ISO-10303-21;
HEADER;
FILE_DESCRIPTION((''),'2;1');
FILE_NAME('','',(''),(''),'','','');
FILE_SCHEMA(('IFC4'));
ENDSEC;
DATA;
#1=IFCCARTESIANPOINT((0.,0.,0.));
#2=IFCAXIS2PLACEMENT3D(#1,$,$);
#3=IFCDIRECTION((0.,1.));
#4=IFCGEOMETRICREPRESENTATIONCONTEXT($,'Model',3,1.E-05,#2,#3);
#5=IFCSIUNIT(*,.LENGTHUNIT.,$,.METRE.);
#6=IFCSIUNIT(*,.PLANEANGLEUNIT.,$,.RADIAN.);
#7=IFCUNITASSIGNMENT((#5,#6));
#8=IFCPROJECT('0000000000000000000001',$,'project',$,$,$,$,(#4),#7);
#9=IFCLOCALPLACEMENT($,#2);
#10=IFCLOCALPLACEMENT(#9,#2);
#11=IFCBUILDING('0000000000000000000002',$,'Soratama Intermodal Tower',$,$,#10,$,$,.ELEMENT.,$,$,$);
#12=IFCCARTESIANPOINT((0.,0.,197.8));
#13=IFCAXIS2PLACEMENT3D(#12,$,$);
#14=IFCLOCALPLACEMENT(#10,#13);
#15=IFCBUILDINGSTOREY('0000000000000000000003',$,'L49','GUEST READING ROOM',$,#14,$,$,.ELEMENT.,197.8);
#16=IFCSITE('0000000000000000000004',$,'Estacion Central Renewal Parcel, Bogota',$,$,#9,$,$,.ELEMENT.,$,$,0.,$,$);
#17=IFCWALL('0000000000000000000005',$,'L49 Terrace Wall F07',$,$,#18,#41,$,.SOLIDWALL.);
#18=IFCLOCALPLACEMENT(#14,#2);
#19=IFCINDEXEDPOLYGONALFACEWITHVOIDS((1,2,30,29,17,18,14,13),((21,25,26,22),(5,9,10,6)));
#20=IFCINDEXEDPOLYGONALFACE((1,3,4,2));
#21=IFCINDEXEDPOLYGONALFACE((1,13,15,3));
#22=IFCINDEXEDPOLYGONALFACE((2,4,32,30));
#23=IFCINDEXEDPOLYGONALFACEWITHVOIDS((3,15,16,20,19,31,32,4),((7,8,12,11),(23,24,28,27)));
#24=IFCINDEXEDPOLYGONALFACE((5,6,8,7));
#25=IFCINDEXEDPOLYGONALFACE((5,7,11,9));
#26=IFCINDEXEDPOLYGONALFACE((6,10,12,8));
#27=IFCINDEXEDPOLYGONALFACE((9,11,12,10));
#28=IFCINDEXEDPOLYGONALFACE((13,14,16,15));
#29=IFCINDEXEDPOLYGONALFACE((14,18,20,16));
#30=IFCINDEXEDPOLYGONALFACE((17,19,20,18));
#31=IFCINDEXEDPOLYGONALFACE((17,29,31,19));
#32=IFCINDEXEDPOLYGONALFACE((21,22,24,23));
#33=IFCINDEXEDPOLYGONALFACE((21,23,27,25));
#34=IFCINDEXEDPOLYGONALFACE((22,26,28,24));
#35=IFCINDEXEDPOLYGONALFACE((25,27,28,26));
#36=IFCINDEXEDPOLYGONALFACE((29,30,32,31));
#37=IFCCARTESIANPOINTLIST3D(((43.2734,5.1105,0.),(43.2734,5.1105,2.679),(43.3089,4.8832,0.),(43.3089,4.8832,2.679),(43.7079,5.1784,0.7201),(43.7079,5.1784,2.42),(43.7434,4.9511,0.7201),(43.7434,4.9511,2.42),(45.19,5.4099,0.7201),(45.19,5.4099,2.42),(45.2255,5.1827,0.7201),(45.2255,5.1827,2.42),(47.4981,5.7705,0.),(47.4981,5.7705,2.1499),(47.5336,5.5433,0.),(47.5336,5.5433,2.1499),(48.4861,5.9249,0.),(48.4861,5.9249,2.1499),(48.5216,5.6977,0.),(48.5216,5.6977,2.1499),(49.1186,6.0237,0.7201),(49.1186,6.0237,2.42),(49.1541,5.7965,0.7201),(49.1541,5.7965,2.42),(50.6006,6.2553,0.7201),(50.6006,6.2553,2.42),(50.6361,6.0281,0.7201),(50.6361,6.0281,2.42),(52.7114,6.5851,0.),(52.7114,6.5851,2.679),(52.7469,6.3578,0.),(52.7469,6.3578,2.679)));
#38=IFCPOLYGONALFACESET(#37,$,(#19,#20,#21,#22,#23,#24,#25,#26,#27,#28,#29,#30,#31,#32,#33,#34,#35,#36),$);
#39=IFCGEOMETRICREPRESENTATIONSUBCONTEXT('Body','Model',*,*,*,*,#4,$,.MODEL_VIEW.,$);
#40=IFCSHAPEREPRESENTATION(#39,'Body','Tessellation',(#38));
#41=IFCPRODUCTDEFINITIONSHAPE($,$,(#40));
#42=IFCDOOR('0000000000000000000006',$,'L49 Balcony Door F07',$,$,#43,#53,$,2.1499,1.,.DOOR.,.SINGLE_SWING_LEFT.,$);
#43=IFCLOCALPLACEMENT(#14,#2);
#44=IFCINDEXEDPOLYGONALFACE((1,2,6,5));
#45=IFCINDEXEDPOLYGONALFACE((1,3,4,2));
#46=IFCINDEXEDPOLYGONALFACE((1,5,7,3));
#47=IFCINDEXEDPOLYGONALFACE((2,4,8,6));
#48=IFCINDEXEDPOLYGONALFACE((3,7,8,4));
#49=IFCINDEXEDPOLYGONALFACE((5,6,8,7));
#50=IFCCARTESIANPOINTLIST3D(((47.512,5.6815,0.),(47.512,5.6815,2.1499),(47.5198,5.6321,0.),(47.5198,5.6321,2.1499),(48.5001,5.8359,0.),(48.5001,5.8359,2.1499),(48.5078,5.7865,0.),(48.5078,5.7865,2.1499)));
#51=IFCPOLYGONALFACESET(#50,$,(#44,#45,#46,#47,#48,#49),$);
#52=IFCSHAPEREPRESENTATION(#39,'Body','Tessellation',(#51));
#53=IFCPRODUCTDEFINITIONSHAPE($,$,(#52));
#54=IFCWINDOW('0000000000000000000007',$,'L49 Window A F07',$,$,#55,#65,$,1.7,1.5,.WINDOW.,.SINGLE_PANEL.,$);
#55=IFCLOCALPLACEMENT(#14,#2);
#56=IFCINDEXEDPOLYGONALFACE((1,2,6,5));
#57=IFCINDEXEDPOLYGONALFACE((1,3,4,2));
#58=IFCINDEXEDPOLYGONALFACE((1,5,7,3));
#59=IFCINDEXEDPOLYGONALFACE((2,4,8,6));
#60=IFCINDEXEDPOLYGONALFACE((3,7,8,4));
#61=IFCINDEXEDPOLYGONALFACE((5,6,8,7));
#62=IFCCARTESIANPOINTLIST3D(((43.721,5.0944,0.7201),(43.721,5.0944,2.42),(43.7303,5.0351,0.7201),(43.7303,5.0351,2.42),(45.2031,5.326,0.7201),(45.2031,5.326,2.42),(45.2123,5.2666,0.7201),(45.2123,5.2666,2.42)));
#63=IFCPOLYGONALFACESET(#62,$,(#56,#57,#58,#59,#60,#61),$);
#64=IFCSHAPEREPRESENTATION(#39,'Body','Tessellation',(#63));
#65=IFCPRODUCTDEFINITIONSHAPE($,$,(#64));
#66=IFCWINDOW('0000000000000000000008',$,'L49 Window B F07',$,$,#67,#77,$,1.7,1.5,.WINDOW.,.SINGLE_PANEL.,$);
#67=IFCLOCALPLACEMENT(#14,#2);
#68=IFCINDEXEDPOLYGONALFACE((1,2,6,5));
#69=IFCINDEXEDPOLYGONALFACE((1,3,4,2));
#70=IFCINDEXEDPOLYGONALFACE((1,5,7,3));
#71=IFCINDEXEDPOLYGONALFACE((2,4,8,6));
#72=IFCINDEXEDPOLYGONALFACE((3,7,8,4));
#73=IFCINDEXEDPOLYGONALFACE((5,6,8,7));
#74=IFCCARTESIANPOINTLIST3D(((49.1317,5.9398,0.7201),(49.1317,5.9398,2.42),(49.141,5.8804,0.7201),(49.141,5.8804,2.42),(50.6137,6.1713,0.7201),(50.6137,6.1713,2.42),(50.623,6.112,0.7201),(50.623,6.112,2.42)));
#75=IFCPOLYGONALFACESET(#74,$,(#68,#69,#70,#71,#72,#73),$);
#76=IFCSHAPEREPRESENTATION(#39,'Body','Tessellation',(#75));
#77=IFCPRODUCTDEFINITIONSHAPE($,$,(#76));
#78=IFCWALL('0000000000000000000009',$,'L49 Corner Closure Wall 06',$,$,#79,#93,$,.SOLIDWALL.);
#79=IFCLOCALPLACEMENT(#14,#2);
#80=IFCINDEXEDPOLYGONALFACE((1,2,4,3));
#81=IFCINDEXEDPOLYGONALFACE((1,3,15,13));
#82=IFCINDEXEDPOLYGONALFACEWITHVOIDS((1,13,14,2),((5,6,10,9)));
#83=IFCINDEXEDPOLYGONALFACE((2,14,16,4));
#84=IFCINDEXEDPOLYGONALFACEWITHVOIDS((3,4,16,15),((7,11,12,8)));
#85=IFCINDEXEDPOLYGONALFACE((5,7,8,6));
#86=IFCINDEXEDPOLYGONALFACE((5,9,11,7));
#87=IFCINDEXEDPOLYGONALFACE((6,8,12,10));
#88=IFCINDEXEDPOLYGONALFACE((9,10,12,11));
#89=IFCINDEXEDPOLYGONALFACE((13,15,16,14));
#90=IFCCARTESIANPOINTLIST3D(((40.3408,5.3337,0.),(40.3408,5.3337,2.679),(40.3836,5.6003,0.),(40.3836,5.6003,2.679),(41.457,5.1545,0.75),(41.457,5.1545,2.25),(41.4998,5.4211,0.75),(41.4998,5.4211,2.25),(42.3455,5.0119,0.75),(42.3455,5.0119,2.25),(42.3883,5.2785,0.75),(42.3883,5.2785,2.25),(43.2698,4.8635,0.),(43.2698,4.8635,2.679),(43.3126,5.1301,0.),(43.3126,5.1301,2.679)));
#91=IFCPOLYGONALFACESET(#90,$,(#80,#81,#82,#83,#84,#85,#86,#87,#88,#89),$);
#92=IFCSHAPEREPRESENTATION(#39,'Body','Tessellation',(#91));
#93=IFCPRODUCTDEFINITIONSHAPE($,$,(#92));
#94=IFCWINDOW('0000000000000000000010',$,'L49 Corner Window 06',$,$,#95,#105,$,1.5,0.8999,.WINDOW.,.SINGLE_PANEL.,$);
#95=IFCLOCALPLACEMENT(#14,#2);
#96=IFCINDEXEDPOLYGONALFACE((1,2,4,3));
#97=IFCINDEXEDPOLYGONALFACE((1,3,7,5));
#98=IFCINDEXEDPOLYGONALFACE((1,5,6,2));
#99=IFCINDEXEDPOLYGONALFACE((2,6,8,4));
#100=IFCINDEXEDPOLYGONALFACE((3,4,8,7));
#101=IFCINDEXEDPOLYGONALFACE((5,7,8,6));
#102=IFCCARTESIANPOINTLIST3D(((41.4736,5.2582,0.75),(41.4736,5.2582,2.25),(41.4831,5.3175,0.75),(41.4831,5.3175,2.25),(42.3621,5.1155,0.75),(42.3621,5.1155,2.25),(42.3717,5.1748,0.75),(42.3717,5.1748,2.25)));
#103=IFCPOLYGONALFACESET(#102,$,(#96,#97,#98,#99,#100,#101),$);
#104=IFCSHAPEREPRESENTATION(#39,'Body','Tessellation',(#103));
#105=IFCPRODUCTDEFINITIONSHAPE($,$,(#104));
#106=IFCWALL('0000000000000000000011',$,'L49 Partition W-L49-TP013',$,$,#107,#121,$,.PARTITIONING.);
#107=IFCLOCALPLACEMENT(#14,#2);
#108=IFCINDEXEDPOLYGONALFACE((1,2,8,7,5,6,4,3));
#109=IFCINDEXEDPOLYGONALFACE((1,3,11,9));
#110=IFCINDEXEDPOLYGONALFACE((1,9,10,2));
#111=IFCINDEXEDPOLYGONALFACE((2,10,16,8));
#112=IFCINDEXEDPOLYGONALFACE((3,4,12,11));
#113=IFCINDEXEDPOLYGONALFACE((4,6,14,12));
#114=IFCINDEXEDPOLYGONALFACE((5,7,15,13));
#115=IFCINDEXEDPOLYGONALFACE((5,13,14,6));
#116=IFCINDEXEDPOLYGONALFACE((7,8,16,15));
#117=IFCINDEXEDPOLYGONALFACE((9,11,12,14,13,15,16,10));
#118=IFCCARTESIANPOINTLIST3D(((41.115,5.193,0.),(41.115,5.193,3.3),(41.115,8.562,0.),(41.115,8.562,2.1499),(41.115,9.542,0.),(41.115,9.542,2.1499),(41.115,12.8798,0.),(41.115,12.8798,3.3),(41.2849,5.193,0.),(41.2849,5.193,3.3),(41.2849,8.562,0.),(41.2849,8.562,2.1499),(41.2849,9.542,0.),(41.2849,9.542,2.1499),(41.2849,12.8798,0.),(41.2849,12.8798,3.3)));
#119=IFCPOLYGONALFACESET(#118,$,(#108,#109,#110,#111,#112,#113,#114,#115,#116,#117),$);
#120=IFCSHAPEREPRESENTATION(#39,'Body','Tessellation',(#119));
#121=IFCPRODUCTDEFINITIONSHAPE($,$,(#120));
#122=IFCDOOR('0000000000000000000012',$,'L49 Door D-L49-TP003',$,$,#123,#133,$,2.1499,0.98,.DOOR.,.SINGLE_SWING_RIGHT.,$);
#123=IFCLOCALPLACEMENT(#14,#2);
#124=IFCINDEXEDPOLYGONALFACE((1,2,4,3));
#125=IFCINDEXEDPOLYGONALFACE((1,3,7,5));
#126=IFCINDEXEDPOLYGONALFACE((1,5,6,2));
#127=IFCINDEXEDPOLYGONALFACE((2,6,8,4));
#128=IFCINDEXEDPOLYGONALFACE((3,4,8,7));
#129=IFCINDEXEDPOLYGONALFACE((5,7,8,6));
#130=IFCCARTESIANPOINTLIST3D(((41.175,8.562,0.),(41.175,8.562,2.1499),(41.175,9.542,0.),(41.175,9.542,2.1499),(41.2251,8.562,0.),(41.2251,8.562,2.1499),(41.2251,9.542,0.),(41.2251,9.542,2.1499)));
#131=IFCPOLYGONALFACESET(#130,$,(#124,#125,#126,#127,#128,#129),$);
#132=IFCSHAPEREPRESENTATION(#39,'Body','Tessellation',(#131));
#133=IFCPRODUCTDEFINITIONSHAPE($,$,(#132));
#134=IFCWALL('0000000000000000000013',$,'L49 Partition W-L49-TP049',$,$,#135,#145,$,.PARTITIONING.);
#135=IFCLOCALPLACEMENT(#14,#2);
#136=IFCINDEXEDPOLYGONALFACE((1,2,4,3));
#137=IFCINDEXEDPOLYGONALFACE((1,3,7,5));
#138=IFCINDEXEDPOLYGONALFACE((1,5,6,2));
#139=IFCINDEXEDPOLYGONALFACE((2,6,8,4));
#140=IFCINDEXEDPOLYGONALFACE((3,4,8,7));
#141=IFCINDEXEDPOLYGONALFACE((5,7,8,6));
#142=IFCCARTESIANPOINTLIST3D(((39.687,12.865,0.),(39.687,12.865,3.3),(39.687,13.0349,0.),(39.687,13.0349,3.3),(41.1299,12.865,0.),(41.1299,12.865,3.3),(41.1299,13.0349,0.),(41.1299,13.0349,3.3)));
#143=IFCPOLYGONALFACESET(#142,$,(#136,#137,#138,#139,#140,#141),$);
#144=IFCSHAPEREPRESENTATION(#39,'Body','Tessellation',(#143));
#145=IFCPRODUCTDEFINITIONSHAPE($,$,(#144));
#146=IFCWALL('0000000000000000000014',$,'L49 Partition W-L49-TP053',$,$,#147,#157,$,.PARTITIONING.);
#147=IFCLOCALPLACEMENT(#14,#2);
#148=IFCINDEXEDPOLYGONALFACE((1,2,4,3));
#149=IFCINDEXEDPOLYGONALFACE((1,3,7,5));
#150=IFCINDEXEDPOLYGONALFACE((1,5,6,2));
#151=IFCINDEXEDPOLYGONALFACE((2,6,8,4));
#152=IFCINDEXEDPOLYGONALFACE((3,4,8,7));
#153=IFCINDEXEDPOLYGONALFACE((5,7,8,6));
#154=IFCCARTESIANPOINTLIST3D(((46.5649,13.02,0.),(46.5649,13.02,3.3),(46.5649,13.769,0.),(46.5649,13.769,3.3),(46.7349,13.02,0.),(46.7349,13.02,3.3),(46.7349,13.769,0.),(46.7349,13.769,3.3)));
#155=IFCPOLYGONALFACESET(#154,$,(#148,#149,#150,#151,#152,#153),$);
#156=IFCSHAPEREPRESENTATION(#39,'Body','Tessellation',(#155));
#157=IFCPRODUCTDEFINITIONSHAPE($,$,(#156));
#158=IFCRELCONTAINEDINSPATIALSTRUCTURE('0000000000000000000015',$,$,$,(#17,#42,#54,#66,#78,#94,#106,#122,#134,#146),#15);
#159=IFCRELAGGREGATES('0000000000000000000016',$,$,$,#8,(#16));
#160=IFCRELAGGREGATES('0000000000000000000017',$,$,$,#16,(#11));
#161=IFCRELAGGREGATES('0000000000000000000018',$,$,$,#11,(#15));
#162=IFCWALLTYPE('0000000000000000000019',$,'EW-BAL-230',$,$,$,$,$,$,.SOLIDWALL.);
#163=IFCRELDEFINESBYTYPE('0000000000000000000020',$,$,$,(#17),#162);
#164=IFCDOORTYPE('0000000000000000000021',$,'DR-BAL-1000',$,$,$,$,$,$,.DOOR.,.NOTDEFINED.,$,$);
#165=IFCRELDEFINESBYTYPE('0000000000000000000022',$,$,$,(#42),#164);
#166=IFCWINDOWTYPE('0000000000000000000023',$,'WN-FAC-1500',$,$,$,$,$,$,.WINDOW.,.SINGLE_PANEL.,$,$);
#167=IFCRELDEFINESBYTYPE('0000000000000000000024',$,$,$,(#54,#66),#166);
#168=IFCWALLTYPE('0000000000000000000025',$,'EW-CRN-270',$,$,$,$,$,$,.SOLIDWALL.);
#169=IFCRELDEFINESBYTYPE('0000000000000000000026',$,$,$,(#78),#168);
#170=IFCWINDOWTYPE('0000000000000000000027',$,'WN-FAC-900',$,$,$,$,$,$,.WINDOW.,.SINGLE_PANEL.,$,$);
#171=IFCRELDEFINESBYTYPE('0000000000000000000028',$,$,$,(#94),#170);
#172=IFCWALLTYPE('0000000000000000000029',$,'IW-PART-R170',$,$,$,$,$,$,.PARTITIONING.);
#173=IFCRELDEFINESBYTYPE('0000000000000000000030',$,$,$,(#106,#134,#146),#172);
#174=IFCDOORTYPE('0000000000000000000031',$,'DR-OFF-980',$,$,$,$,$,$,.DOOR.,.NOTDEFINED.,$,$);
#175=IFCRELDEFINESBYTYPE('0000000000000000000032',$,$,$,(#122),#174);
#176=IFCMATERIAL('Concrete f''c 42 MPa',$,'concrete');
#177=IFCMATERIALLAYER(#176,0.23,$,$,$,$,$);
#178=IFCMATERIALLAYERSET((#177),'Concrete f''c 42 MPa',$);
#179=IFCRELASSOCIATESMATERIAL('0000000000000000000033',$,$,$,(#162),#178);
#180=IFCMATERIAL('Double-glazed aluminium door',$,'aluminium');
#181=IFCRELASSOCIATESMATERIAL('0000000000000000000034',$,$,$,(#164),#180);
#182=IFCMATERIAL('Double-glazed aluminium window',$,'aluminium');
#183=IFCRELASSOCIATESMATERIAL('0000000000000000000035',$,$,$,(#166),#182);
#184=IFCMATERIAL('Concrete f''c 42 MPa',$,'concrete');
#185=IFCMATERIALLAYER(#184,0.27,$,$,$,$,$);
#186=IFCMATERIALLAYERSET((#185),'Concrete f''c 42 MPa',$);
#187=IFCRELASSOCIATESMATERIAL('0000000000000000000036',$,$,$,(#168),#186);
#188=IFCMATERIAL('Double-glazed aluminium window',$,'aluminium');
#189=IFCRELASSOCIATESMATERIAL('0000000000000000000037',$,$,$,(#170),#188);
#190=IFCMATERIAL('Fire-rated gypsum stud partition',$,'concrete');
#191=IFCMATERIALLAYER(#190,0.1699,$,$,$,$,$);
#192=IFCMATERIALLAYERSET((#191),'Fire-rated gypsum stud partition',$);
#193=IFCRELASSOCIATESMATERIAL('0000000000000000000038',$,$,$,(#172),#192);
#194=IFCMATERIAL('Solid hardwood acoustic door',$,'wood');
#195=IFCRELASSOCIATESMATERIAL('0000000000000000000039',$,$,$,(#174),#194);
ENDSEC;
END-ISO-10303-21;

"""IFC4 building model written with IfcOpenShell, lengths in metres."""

from ifc_helpers import new_model, si_unit, direction, frame, frame_2d, origin, place, context, subcontext, project, spatial, rectangle, extrude, material, layer, layer_set, type_object, element, fill, save


model = new_model("IFC4")

# Units and contexts
model_context = context("Model", 3, precision=1e-05, world=origin(), true_north=direction((0.0, 1.0)))
body_context = subcontext(model_context, "Body", "Model", "MODEL_VIEW")
ifc_project = project(units=[si_unit("LENGTHUNIT", "METRE"), si_unit("PLANEANGLEUNIT", "RADIAN")], contexts=[model_context])

# Site, building, storey
site_placement = place(None, origin())
site = spatial("IfcSite", under=ifc_project, at=site_placement, Name="Estacion Central Renewal Parcel, Bogota", CompositionType="ELEMENT", RefElevation=0.0)
building_placement = place(site_placement, origin())
building = spatial("IfcBuilding", under=site, at=building_placement, Name="Soratama Intermodal Tower", CompositionType="ELEMENT")
storey_placement = place(building_placement, frame((0.0, 0.0, 197.8)))
storey = spatial("IfcBuildingStorey", under=building, at=storey_placement, Name="L49", Description="GUEST READING ROOM", CompositionType="ELEMENT", Elevation=197.8)

# Wall, openings, door, windows
ifc_material_1 = material(Name="Concrete f'c 42 MPa", Category="concrete")
ifc_layer_1 = layer(ifc_material_1, 0.23)
ifc_layer_set_1 = layer_set([ifc_layer_1], Name="Concrete f'c 42 MPa")
wall_type_1 = type_object("IfcWallType", Name="EW-BAL-230", PredefinedType="SOLIDWALL", material=ifc_layer_set_1)
wall_1_placement = place(storey_placement, frame((43.291, 4.9968, 0.0), z_axis=(0.0, 0.0, 1.0), x_axis=(0.988013, 0.154369, 0.0)))
wall_1 = element("IfcWall", 1, at=wall_1_placement, inside=storey, type_object=wall_type_1, Name="L49 Terrace Wall F07", PredefinedType="SOLIDWALL", context=body_context, shape_type="SweptSolid", body=[
    extrude(rectangle(XDim=9.5525, YDim=0.23, at=frame_2d((4.7764, 0.0))), origin(), (0.0, 0.0, 1.0), 2.679),
])
opening_1_placement = place(wall_1_placement, frame((4.2761, 0.0, 0.0)))
opening_1 = element("IfcOpeningElement", 2, at=opening_1_placement, cuts=wall_1, PredefinedType="OPENING", context=body_context, shape_type="SweptSolid", body=[
    extrude(rectangle(XDim=1.0, YDim=2.1499, at=frame_2d((0.5, 1.075))), frame((0.0, 0.125, 0.0), z_axis=(0.0, -1.0, 0.0), x_axis=(1.0, 0.0, 0.0)), (0.0, 0.0, 1.0), 0.25),
])
opening_2_placement = place(wall_1_placement, frame((0.4399, 0.0, 0.72)))
opening_2 = element("IfcOpeningElement", 3, at=opening_2_placement, cuts=wall_1, PredefinedType="OPENING", context=body_context, shape_type="SweptSolid", body=[
    extrude(rectangle(XDim=1.5, YDim=1.7, at=frame_2d((0.75, 0.8501))), frame((0.0, 0.125, 0.0), z_axis=(0.0, -1.0, 0.0), x_axis=(1.0, 0.0, 0.0)), (0.0, 0.0, 1.0), 0.25),
])
opening_3_placement = place(wall_1_placement, frame((5.9163, 0.0, 0.72)))
opening_3 = element("IfcOpeningElement", 4, at=opening_3_placement, cuts=wall_1, PredefinedType="OPENING", context=body_context, shape_type="SweptSolid", body=[
    extrude(rectangle(XDim=1.5, YDim=1.7, at=frame_2d((0.75, 0.8501))), frame((0.0, 0.125, 0.0), z_axis=(0.0, -1.0, 0.0), x_axis=(1.0, 0.0, 0.0)), (0.0, 0.0, 1.0), 0.25),
])
ifc_material_2 = material(Name="Double-glazed aluminium door", Category="aluminium")
door_type_1 = type_object("IfcDoorType", Name="DR-BAL-1000", OperationType="NOTDEFINED", PredefinedType="DOOR", material=ifc_material_2)
door_1_placement = place(opening_1_placement, origin())
door_1 = element("IfcDoor", 5, at=door_1_placement, inside=storey, type_object=door_type_1, Name="L49 Balcony Door F07", OperationType="SINGLE_SWING_LEFT", OverallHeight=2.1499, OverallWidth=1.0, PredefinedType="DOOR", context=body_context, shape_type="SweptSolid", body=[
    extrude(rectangle(XDim=1.0, YDim=2.1499, at=frame_2d((0.5, 1.075))), frame((0.0, 0.0249, 0.0), z_axis=(0.0, -1.0, 0.0), x_axis=(1.0, 0.0, 0.0)), (0.0, 0.0, 1.0), 0.05),
])
fill(opening_1, door_1)
ifc_material_3 = material(Name="Double-glazed aluminium window", Category="aluminium")
window_type_1 = type_object("IfcWindowType", Name="WN-FAC-1500", PartitioningType="SINGLE_PANEL", PredefinedType="WINDOW", material=ifc_material_3)
window_1_placement = place(opening_2_placement, origin())
window_1 = element("IfcWindow", 6, at=window_1_placement, inside=storey, type_object=window_type_1, Name="L49 Window A F07", OverallHeight=1.7, OverallWidth=1.5, PartitioningType="SINGLE_PANEL", PredefinedType="WINDOW", context=body_context, shape_type="SweptSolid", body=[
    extrude(rectangle(XDim=1.5, YDim=1.7, at=frame_2d((0.75, 0.8501))), frame((0.0, 0.03, 0.0), z_axis=(0.0, -1.0, 0.0), x_axis=(1.0, 0.0, 0.0)), (0.0, 0.0, 1.0), 0.0601),
])
fill(opening_2, window_1)
window_2_placement = place(opening_3_placement, origin())
window_2 = element("IfcWindow", 7, at=window_2_placement, inside=storey, type_object=window_type_1, Name="L49 Window B F07", OverallHeight=1.7, OverallWidth=1.5, PartitioningType="SINGLE_PANEL", PredefinedType="WINDOW", context=body_context, shape_type="SweptSolid", body=[
    extrude(rectangle(XDim=1.5, YDim=1.7, at=frame_2d((0.75, 0.8501))), frame((0.0, 0.03, 0.0), z_axis=(0.0, -1.0, 0.0), x_axis=(1.0, 0.0, 0.0)), (0.0, 0.0, 1.0), 0.0601),
])
fill(opening_3, window_2)

# Wall, opening, window
ifc_material_4 = material(Name="Concrete f'c 42 MPa", Category="concrete")
ifc_layer_2 = layer(ifc_material_4, 0.27)
ifc_layer_set_2 = layer_set([ifc_layer_2], Name="Concrete f'c 42 MPa")
wall_type_2 = type_object("IfcWallType", Name="EW-CRN-270", PredefinedType="SOLIDWALL", material=ifc_layer_set_2)
wall_2_placement = place(storey_placement, frame((40.3621, 5.467, 0.0), z_axis=(0.0, 0.0, 1.0), x_axis=(0.987357, -0.15851, 0.0)))
wall_2 = element("IfcWall", 8, at=wall_2_placement, inside=storey, type_object=wall_type_2, Name="L49 Corner Closure Wall 06", PredefinedType="SOLIDWALL", context=body_context, shape_type="SweptSolid", body=[
    extrude(rectangle(XDim=2.9666, YDim=0.27, at=frame_2d((1.4834, 0.0))), origin(), (0.0, 0.0, 1.0), 2.679),
])
opening_4_placement = place(wall_2_placement, frame((1.1306, 0.0, 0.75)))
opening_4 = element("IfcOpeningElement", 9, at=opening_4_placement, cuts=wall_2, PredefinedType="OPENING", context=body_context, shape_type="SweptSolid", body=[
    extrude(rectangle(XDim=0.8999, YDim=1.5, at=frame_2d((0.45, 0.75))), frame((0.0, 0.145, 0.0), z_axis=(0.0, -1.0, 0.0), x_axis=(1.0, 0.0, 0.0)), (0.0, 0.0, 1.0), 0.29),
])
ifc_material_5 = material(Name="Double-glazed aluminium window", Category="aluminium")
window_type_2 = type_object("IfcWindowType", Name="WN-FAC-900", PartitioningType="SINGLE_PANEL", PredefinedType="WINDOW", material=ifc_material_5)
window_3_placement = place(opening_4_placement, origin())
window_3 = element("IfcWindow", 10, at=window_3_placement, inside=storey, type_object=window_type_2, Name="L49 Corner Window 06", OverallHeight=1.5, OverallWidth=0.8999, PartitioningType="SINGLE_PANEL", PredefinedType="WINDOW", context=body_context, shape_type="SweptSolid", body=[
    extrude(rectangle(XDim=0.8999, YDim=1.5, at=frame_2d((0.45, 0.75))), frame((0.0, 0.03, 0.0), z_axis=(0.0, -1.0, 0.0), x_axis=(1.0, 0.0, 0.0)), (0.0, 0.0, 1.0), 0.0601),
])
fill(opening_4, window_3)

# Wall, opening, door
ifc_material_6 = material(Name="Fire-rated gypsum stud partition", Category="concrete")
ifc_layer_3 = layer(ifc_material_6, 0.1699)
ifc_layer_set_3 = layer_set([ifc_layer_3], Name="Fire-rated gypsum stud partition")
wall_type_3 = type_object("IfcWallType", Name="IW-PART-R170", PredefinedType="PARTITIONING", material=ifc_layer_set_3)
wall_3_placement = place(storey_placement, frame((41.2, 5.1931, 0.0), z_axis=(0.0, 0.0, 1.0), x_axis=(0.0, 1.0, 0.0)))
wall_3 = element("IfcWall", 11, at=wall_3_placement, inside=storey, type_object=wall_type_3, Name="L49 Partition W-L49-TP013", PredefinedType="PARTITIONING", context=body_context, shape_type="SweptSolid", body=[
    extrude(rectangle(XDim=7.6868, YDim=0.1699, at=frame_2d((3.8433, 0.0))), origin(), (0.0, 0.0, 1.0), 3.3),
])
opening_5_placement = place(wall_3_placement, frame((3.3689, 0.0, 0.0)))
opening_5 = element("IfcOpeningElement", 12, at=opening_5_placement, cuts=wall_3, PredefinedType="OPENING", context=body_context, shape_type="SweptSolid", body=[
    extrude(rectangle(XDim=0.98, YDim=2.1499, at=frame_2d((0.49, 1.075))), frame((0.0, 0.095, 0.0), z_axis=(0.0, -1.0, 0.0), x_axis=(1.0, 0.0, 0.0)), (0.0, 0.0, 1.0), 0.1899),
])
ifc_material_7 = material(Name="Solid hardwood acoustic door", Category="wood")
door_type_2 = type_object("IfcDoorType", Name="DR-OFF-980", OperationType="NOTDEFINED", PredefinedType="DOOR", material=ifc_material_7)
door_2_placement = place(opening_5_placement, origin())
door_2 = element("IfcDoor", 13, at=door_2_placement, inside=storey, type_object=door_type_2, Name="L49 Door D-L49-TP003", OperationType="SINGLE_SWING_RIGHT", OverallHeight=2.1499, OverallWidth=0.98, PredefinedType="DOOR", context=body_context, shape_type="SweptSolid", body=[
    extrude(rectangle(XDim=0.98, YDim=2.1499, at=frame_2d((0.49, 1.075))), frame((0.0, 0.0249, 0.0), z_axis=(0.0, -1.0, 0.0), x_axis=(1.0, 0.0, 0.0)), (0.0, 0.0, 1.0), 0.05),
])
fill(opening_5, door_2)

# Walls
wall_4_placement = place(storey_placement, frame((41.1299, 12.95, 0.0), z_axis=(0.0, 0.0, 1.0), x_axis=(-1.0, 0.0, 0.0)))
element("IfcWall", 14, at=wall_4_placement, inside=storey, type_object=wall_type_3, Name="L49 Partition W-L49-TP049", PredefinedType="PARTITIONING", context=body_context, shape_type="SweptSolid", body=[
    extrude(rectangle(XDim=1.4429, YDim=0.1699, at=frame_2d((0.7214, 0.0))), origin(), (0.0, 0.0, 1.0), 3.3),
])
wall_5_placement = place(storey_placement, frame((46.6499, 13.769, 0.0), z_axis=(0.0, 0.0, 1.0), x_axis=(0.0, -1.0, 0.0)))
element("IfcWall", 15, at=wall_5_placement, inside=storey, type_object=wall_type_3, Name="L49 Partition W-L49-TP053", PredefinedType="PARTITIONING", context=body_context, shape_type="SweptSolid", body=[
    extrude(rectangle(XDim=0.749, YDim=0.1699, at=frame_2d((0.3745, 0.0))), origin(), (0.0, 0.0, 1.0), 3.3),
])

save(model, "model.ifc")
